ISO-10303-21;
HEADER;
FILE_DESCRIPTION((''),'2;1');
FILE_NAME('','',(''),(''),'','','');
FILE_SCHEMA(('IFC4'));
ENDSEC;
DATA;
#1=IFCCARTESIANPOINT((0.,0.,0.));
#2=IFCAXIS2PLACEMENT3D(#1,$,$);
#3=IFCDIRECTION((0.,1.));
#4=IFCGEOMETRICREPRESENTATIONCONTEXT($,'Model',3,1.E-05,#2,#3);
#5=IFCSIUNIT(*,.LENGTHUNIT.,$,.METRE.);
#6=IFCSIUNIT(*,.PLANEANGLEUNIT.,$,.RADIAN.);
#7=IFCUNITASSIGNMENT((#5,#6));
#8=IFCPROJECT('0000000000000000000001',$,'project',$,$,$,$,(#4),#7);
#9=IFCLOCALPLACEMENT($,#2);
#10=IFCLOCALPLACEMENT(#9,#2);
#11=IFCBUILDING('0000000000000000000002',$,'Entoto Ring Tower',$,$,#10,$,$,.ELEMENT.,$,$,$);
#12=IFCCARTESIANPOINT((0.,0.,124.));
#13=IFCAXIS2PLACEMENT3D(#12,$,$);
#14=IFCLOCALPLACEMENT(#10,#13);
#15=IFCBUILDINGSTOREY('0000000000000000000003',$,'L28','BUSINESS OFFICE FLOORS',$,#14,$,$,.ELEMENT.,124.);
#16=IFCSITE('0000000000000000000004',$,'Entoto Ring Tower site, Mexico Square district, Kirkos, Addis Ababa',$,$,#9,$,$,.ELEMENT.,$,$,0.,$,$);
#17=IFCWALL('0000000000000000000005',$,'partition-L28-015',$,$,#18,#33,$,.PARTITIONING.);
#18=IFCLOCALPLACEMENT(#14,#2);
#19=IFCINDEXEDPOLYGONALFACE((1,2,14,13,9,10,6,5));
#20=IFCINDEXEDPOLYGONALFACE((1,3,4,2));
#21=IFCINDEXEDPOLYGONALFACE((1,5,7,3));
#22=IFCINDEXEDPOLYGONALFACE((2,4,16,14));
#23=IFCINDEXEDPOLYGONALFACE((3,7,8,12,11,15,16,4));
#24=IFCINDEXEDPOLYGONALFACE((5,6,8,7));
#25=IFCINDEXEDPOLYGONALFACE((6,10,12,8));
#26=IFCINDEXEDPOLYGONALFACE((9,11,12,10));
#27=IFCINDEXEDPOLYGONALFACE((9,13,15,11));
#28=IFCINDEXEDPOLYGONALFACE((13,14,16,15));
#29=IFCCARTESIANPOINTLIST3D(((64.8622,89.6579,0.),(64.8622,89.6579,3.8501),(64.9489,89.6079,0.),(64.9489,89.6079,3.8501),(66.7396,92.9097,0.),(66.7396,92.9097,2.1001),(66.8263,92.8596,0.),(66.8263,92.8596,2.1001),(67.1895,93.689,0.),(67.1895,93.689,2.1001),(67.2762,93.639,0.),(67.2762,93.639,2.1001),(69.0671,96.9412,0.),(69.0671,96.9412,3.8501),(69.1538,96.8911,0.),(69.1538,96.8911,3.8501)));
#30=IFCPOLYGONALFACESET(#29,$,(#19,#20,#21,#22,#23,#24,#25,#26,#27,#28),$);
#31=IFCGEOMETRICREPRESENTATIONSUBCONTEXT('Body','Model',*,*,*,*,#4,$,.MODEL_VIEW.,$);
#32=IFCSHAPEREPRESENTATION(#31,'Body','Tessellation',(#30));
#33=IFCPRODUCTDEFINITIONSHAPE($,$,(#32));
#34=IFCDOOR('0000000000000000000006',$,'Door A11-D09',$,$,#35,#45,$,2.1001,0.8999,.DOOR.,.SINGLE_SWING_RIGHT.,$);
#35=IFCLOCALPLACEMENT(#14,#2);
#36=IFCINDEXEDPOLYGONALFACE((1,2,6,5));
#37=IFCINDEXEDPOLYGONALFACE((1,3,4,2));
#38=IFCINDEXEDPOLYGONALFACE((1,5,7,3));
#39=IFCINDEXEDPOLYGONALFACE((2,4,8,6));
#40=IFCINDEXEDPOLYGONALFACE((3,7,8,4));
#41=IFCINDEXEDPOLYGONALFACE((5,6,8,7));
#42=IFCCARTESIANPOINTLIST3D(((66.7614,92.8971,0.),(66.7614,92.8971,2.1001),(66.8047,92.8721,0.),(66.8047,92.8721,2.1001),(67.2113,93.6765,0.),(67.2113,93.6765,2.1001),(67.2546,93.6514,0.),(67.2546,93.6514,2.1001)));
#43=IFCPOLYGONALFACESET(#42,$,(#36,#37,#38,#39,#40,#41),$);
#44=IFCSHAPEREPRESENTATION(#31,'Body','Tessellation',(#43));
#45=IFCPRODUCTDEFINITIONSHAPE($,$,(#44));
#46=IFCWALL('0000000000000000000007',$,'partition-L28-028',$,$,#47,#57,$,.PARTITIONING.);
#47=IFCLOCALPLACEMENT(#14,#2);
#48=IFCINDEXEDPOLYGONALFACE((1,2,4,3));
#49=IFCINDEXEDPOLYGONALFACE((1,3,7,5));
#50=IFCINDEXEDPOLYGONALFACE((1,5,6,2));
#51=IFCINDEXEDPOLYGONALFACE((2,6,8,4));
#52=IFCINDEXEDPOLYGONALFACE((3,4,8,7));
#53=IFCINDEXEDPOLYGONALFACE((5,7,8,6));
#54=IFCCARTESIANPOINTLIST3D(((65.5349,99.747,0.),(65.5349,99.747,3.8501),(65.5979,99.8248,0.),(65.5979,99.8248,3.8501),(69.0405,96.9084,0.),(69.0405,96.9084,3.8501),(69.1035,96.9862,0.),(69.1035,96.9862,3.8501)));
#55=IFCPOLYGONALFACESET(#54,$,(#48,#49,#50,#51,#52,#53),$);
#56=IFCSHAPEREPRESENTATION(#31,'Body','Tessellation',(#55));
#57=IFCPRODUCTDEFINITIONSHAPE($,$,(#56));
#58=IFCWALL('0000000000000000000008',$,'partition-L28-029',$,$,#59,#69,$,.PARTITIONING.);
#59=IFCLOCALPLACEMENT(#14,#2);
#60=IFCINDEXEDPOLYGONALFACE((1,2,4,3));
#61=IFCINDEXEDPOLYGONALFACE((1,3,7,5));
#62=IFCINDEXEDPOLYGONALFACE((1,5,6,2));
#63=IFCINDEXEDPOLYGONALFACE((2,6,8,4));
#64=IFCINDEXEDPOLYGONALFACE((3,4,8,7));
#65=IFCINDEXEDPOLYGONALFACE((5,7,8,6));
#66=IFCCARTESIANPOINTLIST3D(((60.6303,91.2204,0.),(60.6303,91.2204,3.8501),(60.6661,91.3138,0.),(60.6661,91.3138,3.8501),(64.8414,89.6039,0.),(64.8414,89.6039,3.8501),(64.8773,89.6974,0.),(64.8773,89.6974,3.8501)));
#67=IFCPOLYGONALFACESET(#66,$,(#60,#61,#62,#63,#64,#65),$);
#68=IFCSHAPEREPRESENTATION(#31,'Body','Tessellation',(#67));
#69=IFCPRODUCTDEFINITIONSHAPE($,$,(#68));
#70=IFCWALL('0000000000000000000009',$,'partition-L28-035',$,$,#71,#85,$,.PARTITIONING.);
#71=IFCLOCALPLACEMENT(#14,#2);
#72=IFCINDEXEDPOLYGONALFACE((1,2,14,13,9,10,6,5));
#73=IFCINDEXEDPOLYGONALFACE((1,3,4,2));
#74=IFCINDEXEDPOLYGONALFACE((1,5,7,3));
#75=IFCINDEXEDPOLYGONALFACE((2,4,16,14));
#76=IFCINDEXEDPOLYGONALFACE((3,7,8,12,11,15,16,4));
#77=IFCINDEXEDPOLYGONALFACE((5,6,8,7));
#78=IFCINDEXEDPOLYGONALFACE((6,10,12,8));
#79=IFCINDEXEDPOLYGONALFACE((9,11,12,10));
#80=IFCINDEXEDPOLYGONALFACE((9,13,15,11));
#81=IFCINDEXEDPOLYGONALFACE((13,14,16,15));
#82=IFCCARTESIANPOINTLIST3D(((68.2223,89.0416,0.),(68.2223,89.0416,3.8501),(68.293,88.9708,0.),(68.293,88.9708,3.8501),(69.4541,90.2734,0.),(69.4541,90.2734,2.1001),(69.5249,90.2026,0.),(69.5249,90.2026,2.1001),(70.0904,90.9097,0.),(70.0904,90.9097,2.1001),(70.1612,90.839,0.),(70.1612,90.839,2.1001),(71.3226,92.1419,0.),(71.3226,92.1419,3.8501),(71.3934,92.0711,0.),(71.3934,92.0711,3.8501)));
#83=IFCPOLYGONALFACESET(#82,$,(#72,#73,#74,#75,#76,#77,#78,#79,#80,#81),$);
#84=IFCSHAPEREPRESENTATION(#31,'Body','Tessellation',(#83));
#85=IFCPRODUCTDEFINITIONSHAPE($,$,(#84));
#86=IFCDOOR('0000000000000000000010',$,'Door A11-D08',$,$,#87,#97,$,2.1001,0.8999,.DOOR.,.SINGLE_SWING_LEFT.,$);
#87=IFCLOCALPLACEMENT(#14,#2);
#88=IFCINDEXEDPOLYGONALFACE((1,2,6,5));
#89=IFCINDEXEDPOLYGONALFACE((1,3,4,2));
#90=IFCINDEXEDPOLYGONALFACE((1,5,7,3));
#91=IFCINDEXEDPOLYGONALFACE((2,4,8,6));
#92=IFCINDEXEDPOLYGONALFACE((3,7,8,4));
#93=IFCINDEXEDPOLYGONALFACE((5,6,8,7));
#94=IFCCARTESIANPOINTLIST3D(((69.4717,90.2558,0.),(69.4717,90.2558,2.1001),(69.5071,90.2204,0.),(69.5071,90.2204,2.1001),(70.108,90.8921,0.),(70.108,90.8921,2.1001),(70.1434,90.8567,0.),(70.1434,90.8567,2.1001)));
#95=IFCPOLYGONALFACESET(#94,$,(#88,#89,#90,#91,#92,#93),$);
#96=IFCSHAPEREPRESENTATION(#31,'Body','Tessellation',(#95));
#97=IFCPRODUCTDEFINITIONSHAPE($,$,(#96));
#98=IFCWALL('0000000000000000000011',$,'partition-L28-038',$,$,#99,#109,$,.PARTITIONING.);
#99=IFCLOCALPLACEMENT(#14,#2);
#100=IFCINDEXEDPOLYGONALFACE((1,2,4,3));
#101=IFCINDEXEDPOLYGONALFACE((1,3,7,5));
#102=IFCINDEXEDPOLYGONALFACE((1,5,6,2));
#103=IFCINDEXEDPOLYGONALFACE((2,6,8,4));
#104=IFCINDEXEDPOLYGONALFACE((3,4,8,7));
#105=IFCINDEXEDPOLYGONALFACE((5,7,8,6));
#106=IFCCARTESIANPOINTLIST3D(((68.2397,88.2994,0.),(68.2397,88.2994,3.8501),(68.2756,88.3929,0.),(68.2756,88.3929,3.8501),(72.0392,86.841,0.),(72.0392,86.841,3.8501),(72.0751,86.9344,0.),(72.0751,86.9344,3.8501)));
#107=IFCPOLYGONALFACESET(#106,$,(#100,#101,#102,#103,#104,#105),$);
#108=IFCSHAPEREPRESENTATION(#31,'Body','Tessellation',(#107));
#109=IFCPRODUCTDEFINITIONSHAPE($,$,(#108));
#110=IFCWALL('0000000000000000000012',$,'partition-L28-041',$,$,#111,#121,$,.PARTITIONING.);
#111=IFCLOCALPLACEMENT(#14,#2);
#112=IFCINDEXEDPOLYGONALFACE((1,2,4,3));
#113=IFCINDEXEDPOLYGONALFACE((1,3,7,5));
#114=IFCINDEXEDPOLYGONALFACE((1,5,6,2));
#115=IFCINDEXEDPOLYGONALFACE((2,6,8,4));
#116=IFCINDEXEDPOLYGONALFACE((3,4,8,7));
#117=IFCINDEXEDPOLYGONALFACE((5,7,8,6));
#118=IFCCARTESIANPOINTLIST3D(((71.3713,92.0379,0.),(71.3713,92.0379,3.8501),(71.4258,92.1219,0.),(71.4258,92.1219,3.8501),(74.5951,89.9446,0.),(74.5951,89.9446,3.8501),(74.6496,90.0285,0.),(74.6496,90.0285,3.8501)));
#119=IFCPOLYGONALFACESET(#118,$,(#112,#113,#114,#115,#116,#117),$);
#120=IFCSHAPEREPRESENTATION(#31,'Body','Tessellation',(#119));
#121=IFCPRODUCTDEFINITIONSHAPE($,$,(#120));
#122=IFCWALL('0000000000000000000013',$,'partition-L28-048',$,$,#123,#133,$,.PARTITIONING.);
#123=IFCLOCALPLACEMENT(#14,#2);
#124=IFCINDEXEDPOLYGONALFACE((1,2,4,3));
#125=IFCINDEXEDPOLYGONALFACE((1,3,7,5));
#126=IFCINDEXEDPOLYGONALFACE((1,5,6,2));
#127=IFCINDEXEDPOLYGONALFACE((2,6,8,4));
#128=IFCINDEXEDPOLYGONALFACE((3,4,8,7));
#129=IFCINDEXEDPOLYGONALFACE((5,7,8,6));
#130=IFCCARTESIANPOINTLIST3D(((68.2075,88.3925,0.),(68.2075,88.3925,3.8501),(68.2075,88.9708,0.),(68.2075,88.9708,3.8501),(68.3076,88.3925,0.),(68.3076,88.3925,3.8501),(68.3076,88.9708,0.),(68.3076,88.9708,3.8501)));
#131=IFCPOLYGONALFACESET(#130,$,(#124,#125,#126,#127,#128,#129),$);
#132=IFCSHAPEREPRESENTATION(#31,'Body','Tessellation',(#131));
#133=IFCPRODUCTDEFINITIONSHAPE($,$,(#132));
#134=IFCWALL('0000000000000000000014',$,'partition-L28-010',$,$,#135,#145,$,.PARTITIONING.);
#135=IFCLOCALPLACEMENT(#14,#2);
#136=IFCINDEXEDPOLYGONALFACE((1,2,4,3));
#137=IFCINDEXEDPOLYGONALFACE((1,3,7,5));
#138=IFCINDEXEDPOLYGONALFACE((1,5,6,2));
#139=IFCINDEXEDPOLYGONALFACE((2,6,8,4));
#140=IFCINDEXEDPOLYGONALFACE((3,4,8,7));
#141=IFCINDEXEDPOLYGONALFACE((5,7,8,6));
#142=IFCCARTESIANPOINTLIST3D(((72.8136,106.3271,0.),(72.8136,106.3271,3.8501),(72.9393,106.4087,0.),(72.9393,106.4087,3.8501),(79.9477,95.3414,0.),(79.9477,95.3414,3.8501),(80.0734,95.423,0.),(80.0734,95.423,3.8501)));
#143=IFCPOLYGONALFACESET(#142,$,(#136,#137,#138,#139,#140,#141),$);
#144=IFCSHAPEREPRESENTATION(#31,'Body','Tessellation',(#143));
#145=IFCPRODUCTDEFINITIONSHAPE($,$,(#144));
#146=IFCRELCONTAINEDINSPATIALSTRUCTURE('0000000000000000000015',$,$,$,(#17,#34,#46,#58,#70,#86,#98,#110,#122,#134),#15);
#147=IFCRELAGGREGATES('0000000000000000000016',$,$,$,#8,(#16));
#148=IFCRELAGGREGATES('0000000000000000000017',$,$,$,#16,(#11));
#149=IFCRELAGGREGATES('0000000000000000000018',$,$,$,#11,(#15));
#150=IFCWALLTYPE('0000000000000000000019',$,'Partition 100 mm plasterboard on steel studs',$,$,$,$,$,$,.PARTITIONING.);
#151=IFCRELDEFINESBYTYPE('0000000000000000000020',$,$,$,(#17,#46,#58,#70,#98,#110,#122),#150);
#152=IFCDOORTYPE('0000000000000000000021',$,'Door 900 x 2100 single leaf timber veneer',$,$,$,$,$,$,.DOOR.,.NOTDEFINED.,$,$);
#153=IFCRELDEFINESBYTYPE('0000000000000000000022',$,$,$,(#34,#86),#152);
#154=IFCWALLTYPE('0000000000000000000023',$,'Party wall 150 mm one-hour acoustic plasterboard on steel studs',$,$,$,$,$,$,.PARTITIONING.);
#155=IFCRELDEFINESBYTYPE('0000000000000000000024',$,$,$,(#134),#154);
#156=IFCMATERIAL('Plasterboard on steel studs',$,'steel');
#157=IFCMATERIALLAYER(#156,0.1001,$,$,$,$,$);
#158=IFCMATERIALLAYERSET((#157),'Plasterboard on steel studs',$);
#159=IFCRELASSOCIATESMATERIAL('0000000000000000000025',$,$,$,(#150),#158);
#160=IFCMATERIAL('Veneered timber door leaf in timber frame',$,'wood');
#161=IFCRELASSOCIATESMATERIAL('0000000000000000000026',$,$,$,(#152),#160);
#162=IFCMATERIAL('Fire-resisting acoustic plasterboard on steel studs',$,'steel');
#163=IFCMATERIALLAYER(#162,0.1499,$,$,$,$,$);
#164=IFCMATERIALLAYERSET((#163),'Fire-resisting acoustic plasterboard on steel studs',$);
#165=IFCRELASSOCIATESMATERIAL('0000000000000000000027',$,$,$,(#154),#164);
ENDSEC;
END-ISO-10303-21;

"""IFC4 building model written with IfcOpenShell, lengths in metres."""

from ifc_helpers import new_model, si_unit, direction, frame, frame_2d, origin, place, context, subcontext, project, spatial, rectangle, extrude, material, layer, layer_set, type_object, element, fill, save


model = new_model("IFC4")

# Units and contexts
model_context = context("Model", 3, precision=1e-05, world=origin(), true_north=direction((0.0, 1.0)))
body_context = subcontext(model_context, "Body", "Model", "MODEL_VIEW")
ifc_project = project(units=[si_unit("LENGTHUNIT", "METRE"), si_unit("PLANEANGLEUNIT", "RADIAN")], contexts=[model_context])

# Site, building, storey
site_placement = place(None, origin())
site = spatial("IfcSite", under=ifc_project, at=site_placement, Name="Entoto Ring Tower site, Mexico Square district, Kirkos, Addis Ababa", CompositionType="ELEMENT", RefElevation=0.0)
building_placement = place(site_placement, origin())
building = spatial("IfcBuilding", under=site, at=building_placement, Name="Entoto Ring Tower", CompositionType="ELEMENT")
storey_placement = place(building_placement, frame((0.0, 0.0, 124.0)))
storey = spatial("IfcBuildingStorey", under=building, at=storey_placement, Name="L28", Description="BUSINESS OFFICE FLOORS", CompositionType="ELEMENT", Elevation=124.0)

# Wall, opening, door
ifc_material_1 = material(Name="Plasterboard on steel studs", Category="steel")
ifc_layer_1 = layer(ifc_material_1, 0.1001)
ifc_layer_set_1 = layer_set([ifc_layer_1], Name="Plasterboard on steel studs")
wall_type_1 = type_object("IfcWallType", Name="Partition 100 mm plasterboard on steel studs", PredefinedType="PARTITIONING", material=ifc_layer_set_1)
wall_1_placement = place(storey_placement, frame((64.9055, 89.6328, 0.0), z_axis=(0.0, 0.0, 1.0), x_axis=(0.499989, 0.866032, 0.0)))
wall_1 = element("IfcWall", 1, at=wall_1_placement, inside=storey, type_object=wall_type_1, Name="partition-L28-015", PredefinedType="PARTITIONING", context=body_context, shape_type="SweptSolid", body=[
    extrude(rectangle(XDim=8.4099, YDim=0.1001, at=frame_2d((4.2051, 0.0))), origin(), (0.0, 0.0, 1.0), 3.8501),
])
opening_1_placement = place(wall_1_placement, frame((3.7549, 0.0, 0.0)))
opening_1 = element("IfcOpeningElement", 2, at=opening_1_placement, cuts=wall_1, PredefinedType="OPENING", context=body_context, shape_type="SweptSolid", body=[
    extrude(rectangle(XDim=0.8999, YDim=2.1001, at=frame_2d((0.45, 1.05))), frame((0.0, 0.0601, 0.0), z_axis=(0.0, -1.0, 0.0), x_axis=(1.0, 0.0, 0.0)), (0.0, 0.0, 1.0), 0.1201),
])
ifc_material_2 = material(Name="Veneered timber door leaf in timber frame", Category="wood")
door_type_1 = type_object("IfcDoorType", Name="Door 900 x 2100 single leaf timber veneer", OperationType="NOTDEFINED", PredefinedType="DOOR", material=ifc_material_2)
door_1_placement = place(opening_1_placement, origin())
door_1 = element("IfcDoor", 3, at=door_1_placement, inside=storey, type_object=door_type_1, Name="Door A11-D09", OperationType="SINGLE_SWING_RIGHT", OverallHeight=2.1001, OverallWidth=0.8999, PredefinedType="DOOR", context=body_context, shape_type="SweptSolid", body=[
    extrude(rectangle(XDim=0.8999, YDim=2.1001, at=frame_2d((0.45, 1.05))), frame((0.0, 0.0249, 0.0), z_axis=(0.0, -1.0, 0.0), x_axis=(1.0, 0.0, 0.0)), (0.0, 0.0, 1.0), 0.05),
])
fill(opening_1, door_1)

# Walls
for number, where, z_axis, x_axis, name in (
    (4, (69.072, 96.9473, 0.0), (0.0, 0.0, 1.0), (-0.777164, 0.629298, 0.0), "partition-L28-028"),
    (5, (64.8594, 89.6506, 0.0), (0.0, 0.0, 1.0), (-0.933585, 0.358355, 0.0), "partition-L28-029"),
):
    element("IfcWall", number, at=place(storey_placement, frame(where, z_axis=z_axis, x_axis=x_axis)), inside=storey, type_object=wall_type_1, Name=name, PredefinedType="PARTITIONING", context=body_context, shape_type="SweptSolid", body=[
        extrude(rectangle(XDim=4.5107, YDim=0.1001, at=frame_2d((2.2554, 0.0))), origin(), (0.0, 0.0, 1.0), 3.8501),
    ])

# Wall, opening, door
wall_2_placement = place(storey_placement, frame((68.2576, 89.0061, 0.0), z_axis=(0.0, 0.0, 1.0), x_axis=(0.707107, 0.707107, 0.0)))
wall_2 = element("IfcWall", 6, at=wall_2_placement, inside=storey, type_object=wall_type_1, Name="partition-L28-035", PredefinedType="PARTITIONING", context=body_context, shape_type="SweptSolid", body=[
    extrude(rectangle(XDim=4.3845, YDim=0.1001, at=frame_2d((2.1924, 0.0))), origin(), (0.0, 0.0, 1.0), 3.8501),
])
opening_2_placement = place(wall_2_placement, frame((1.7422, 0.0, 0.0)))
opening_2 = element("IfcOpeningElement", 7, at=opening_2_placement, cuts=wall_2, PredefinedType="OPENING", context=body_context, shape_type="SweptSolid", body=[
    extrude(rectangle(XDim=0.8999, YDim=2.1001, at=frame_2d((0.45, 1.05))), frame((0.0, 0.0601, 0.0), z_axis=(0.0, -1.0, 0.0), x_axis=(1.0, 0.0, 0.0)), (0.0, 0.0, 1.0), 0.1201),
])
door_2_placement = place(opening_2_placement, frame((0.8999, 0.0, 0.0), z_axis=(0.0, 0.0, 1.0), x_axis=(-1.0, 0.0, 0.0)))
door_2 = element("IfcDoor", 8, at=door_2_placement, inside=storey, type_object=door_type_1, Name="Door A11-D08", OperationType="SINGLE_SWING_LEFT", OverallHeight=2.1001, OverallWidth=0.8999, PredefinedType="DOOR", context=body_context, shape_type="SweptSolid", body=[
    extrude(rectangle(XDim=0.8999, YDim=2.1001, at=frame_2d((0.45, 1.05))), frame((0.0, 0.0249, 0.0), z_axis=(0.0, -1.0, 0.0), x_axis=(1.0, 0.0, 0.0)), (0.0, 0.0, 1.0), 0.05),
])
fill(opening_2, door_2)

# Walls
wall_3_placement = place(storey_placement, frame((72.0571, 86.8877, 0.0), z_axis=(0.0, 0.0, 1.0), x_axis=(-0.933582, 0.358364, 0.0)))
element("IfcWall", 9, at=wall_3_placement, inside=storey, type_object=wall_type_1, Name="partition-L28-038", PredefinedType="PARTITIONING", context=body_context, shape_type="SweptSolid", body=[
    extrude(rectangle(XDim=4.0698, YDim=0.1001, at=frame_2d((2.0349, 0.0))), origin(), (0.0, 0.0, 1.0), 3.8501),
])
wall_4_placement = place(storey_placement, frame((74.6223, 89.9866, 0.0), z_axis=(0.0, 0.0, 1.0), x_axis=(-0.838693, 0.544604, 0.0)))
element("IfcWall", 10, at=wall_4_placement, inside=storey, type_object=wall_type_1, Name="partition-L28-041", PredefinedType="PARTITIONING", context=body_context, shape_type="SweptSolid", body=[
    extrude(rectangle(XDim=3.8438, YDim=0.1001, at=frame_2d((1.9219, 0.0))), origin(), (0.0, 0.0, 1.0), 3.8501),
])
wall_5_placement = place(storey_placement, frame((68.2576, 88.3926, 0.0), z_axis=(0.0, 0.0, 1.0), x_axis=(0.0, 1.0, 0.0)))
element("IfcWall", 11, at=wall_5_placement, inside=storey, type_object=wall_type_1, Name="partition-L28-048", PredefinedType="PARTITIONING", context=body_context, shape_type="SweptSolid", body=[
    extrude(rectangle(XDim=0.5784, YDim=0.1001, at=frame_2d((0.2891, 0.0))), origin(), (0.0, 0.0, 1.0), 3.8501),
])
ifc_material_3 = material(Name="Fire-resisting acoustic plasterboard on steel studs", Category="steel")
ifc_layer_2 = layer(ifc_material_3, 0.1499)
ifc_layer_set_2 = layer_set([ifc_layer_2], Name="Fire-resisting acoustic plasterboard on steel studs")
wall_type_2 = type_object("IfcWallType", Name="Party wall 150 mm one-hour acoustic plasterboard on steel studs", PredefinedType="PARTITIONING", material=ifc_layer_set_2)
wall_6_placement = place(storey_placement, frame((80.0105, 95.3823, 0.0), z_axis=(0.0, 0.0, 1.0), x_axis=(-0.544634, 0.838674, 0.0)))
element("IfcWall", 12, at=wall_6_placement, inside=storey, type_object=wall_type_2, Name="partition-L28-010", PredefinedType="PARTITIONING", context=body_context, shape_type="SweptSolid", body=[
    extrude(rectangle(XDim=13.0989, YDim=0.1499, at=frame_2d((6.5493, 0.0))), origin(), (0.0, 0.0, 1.0), 3.8501),
])

save(model, "model.ifc")
